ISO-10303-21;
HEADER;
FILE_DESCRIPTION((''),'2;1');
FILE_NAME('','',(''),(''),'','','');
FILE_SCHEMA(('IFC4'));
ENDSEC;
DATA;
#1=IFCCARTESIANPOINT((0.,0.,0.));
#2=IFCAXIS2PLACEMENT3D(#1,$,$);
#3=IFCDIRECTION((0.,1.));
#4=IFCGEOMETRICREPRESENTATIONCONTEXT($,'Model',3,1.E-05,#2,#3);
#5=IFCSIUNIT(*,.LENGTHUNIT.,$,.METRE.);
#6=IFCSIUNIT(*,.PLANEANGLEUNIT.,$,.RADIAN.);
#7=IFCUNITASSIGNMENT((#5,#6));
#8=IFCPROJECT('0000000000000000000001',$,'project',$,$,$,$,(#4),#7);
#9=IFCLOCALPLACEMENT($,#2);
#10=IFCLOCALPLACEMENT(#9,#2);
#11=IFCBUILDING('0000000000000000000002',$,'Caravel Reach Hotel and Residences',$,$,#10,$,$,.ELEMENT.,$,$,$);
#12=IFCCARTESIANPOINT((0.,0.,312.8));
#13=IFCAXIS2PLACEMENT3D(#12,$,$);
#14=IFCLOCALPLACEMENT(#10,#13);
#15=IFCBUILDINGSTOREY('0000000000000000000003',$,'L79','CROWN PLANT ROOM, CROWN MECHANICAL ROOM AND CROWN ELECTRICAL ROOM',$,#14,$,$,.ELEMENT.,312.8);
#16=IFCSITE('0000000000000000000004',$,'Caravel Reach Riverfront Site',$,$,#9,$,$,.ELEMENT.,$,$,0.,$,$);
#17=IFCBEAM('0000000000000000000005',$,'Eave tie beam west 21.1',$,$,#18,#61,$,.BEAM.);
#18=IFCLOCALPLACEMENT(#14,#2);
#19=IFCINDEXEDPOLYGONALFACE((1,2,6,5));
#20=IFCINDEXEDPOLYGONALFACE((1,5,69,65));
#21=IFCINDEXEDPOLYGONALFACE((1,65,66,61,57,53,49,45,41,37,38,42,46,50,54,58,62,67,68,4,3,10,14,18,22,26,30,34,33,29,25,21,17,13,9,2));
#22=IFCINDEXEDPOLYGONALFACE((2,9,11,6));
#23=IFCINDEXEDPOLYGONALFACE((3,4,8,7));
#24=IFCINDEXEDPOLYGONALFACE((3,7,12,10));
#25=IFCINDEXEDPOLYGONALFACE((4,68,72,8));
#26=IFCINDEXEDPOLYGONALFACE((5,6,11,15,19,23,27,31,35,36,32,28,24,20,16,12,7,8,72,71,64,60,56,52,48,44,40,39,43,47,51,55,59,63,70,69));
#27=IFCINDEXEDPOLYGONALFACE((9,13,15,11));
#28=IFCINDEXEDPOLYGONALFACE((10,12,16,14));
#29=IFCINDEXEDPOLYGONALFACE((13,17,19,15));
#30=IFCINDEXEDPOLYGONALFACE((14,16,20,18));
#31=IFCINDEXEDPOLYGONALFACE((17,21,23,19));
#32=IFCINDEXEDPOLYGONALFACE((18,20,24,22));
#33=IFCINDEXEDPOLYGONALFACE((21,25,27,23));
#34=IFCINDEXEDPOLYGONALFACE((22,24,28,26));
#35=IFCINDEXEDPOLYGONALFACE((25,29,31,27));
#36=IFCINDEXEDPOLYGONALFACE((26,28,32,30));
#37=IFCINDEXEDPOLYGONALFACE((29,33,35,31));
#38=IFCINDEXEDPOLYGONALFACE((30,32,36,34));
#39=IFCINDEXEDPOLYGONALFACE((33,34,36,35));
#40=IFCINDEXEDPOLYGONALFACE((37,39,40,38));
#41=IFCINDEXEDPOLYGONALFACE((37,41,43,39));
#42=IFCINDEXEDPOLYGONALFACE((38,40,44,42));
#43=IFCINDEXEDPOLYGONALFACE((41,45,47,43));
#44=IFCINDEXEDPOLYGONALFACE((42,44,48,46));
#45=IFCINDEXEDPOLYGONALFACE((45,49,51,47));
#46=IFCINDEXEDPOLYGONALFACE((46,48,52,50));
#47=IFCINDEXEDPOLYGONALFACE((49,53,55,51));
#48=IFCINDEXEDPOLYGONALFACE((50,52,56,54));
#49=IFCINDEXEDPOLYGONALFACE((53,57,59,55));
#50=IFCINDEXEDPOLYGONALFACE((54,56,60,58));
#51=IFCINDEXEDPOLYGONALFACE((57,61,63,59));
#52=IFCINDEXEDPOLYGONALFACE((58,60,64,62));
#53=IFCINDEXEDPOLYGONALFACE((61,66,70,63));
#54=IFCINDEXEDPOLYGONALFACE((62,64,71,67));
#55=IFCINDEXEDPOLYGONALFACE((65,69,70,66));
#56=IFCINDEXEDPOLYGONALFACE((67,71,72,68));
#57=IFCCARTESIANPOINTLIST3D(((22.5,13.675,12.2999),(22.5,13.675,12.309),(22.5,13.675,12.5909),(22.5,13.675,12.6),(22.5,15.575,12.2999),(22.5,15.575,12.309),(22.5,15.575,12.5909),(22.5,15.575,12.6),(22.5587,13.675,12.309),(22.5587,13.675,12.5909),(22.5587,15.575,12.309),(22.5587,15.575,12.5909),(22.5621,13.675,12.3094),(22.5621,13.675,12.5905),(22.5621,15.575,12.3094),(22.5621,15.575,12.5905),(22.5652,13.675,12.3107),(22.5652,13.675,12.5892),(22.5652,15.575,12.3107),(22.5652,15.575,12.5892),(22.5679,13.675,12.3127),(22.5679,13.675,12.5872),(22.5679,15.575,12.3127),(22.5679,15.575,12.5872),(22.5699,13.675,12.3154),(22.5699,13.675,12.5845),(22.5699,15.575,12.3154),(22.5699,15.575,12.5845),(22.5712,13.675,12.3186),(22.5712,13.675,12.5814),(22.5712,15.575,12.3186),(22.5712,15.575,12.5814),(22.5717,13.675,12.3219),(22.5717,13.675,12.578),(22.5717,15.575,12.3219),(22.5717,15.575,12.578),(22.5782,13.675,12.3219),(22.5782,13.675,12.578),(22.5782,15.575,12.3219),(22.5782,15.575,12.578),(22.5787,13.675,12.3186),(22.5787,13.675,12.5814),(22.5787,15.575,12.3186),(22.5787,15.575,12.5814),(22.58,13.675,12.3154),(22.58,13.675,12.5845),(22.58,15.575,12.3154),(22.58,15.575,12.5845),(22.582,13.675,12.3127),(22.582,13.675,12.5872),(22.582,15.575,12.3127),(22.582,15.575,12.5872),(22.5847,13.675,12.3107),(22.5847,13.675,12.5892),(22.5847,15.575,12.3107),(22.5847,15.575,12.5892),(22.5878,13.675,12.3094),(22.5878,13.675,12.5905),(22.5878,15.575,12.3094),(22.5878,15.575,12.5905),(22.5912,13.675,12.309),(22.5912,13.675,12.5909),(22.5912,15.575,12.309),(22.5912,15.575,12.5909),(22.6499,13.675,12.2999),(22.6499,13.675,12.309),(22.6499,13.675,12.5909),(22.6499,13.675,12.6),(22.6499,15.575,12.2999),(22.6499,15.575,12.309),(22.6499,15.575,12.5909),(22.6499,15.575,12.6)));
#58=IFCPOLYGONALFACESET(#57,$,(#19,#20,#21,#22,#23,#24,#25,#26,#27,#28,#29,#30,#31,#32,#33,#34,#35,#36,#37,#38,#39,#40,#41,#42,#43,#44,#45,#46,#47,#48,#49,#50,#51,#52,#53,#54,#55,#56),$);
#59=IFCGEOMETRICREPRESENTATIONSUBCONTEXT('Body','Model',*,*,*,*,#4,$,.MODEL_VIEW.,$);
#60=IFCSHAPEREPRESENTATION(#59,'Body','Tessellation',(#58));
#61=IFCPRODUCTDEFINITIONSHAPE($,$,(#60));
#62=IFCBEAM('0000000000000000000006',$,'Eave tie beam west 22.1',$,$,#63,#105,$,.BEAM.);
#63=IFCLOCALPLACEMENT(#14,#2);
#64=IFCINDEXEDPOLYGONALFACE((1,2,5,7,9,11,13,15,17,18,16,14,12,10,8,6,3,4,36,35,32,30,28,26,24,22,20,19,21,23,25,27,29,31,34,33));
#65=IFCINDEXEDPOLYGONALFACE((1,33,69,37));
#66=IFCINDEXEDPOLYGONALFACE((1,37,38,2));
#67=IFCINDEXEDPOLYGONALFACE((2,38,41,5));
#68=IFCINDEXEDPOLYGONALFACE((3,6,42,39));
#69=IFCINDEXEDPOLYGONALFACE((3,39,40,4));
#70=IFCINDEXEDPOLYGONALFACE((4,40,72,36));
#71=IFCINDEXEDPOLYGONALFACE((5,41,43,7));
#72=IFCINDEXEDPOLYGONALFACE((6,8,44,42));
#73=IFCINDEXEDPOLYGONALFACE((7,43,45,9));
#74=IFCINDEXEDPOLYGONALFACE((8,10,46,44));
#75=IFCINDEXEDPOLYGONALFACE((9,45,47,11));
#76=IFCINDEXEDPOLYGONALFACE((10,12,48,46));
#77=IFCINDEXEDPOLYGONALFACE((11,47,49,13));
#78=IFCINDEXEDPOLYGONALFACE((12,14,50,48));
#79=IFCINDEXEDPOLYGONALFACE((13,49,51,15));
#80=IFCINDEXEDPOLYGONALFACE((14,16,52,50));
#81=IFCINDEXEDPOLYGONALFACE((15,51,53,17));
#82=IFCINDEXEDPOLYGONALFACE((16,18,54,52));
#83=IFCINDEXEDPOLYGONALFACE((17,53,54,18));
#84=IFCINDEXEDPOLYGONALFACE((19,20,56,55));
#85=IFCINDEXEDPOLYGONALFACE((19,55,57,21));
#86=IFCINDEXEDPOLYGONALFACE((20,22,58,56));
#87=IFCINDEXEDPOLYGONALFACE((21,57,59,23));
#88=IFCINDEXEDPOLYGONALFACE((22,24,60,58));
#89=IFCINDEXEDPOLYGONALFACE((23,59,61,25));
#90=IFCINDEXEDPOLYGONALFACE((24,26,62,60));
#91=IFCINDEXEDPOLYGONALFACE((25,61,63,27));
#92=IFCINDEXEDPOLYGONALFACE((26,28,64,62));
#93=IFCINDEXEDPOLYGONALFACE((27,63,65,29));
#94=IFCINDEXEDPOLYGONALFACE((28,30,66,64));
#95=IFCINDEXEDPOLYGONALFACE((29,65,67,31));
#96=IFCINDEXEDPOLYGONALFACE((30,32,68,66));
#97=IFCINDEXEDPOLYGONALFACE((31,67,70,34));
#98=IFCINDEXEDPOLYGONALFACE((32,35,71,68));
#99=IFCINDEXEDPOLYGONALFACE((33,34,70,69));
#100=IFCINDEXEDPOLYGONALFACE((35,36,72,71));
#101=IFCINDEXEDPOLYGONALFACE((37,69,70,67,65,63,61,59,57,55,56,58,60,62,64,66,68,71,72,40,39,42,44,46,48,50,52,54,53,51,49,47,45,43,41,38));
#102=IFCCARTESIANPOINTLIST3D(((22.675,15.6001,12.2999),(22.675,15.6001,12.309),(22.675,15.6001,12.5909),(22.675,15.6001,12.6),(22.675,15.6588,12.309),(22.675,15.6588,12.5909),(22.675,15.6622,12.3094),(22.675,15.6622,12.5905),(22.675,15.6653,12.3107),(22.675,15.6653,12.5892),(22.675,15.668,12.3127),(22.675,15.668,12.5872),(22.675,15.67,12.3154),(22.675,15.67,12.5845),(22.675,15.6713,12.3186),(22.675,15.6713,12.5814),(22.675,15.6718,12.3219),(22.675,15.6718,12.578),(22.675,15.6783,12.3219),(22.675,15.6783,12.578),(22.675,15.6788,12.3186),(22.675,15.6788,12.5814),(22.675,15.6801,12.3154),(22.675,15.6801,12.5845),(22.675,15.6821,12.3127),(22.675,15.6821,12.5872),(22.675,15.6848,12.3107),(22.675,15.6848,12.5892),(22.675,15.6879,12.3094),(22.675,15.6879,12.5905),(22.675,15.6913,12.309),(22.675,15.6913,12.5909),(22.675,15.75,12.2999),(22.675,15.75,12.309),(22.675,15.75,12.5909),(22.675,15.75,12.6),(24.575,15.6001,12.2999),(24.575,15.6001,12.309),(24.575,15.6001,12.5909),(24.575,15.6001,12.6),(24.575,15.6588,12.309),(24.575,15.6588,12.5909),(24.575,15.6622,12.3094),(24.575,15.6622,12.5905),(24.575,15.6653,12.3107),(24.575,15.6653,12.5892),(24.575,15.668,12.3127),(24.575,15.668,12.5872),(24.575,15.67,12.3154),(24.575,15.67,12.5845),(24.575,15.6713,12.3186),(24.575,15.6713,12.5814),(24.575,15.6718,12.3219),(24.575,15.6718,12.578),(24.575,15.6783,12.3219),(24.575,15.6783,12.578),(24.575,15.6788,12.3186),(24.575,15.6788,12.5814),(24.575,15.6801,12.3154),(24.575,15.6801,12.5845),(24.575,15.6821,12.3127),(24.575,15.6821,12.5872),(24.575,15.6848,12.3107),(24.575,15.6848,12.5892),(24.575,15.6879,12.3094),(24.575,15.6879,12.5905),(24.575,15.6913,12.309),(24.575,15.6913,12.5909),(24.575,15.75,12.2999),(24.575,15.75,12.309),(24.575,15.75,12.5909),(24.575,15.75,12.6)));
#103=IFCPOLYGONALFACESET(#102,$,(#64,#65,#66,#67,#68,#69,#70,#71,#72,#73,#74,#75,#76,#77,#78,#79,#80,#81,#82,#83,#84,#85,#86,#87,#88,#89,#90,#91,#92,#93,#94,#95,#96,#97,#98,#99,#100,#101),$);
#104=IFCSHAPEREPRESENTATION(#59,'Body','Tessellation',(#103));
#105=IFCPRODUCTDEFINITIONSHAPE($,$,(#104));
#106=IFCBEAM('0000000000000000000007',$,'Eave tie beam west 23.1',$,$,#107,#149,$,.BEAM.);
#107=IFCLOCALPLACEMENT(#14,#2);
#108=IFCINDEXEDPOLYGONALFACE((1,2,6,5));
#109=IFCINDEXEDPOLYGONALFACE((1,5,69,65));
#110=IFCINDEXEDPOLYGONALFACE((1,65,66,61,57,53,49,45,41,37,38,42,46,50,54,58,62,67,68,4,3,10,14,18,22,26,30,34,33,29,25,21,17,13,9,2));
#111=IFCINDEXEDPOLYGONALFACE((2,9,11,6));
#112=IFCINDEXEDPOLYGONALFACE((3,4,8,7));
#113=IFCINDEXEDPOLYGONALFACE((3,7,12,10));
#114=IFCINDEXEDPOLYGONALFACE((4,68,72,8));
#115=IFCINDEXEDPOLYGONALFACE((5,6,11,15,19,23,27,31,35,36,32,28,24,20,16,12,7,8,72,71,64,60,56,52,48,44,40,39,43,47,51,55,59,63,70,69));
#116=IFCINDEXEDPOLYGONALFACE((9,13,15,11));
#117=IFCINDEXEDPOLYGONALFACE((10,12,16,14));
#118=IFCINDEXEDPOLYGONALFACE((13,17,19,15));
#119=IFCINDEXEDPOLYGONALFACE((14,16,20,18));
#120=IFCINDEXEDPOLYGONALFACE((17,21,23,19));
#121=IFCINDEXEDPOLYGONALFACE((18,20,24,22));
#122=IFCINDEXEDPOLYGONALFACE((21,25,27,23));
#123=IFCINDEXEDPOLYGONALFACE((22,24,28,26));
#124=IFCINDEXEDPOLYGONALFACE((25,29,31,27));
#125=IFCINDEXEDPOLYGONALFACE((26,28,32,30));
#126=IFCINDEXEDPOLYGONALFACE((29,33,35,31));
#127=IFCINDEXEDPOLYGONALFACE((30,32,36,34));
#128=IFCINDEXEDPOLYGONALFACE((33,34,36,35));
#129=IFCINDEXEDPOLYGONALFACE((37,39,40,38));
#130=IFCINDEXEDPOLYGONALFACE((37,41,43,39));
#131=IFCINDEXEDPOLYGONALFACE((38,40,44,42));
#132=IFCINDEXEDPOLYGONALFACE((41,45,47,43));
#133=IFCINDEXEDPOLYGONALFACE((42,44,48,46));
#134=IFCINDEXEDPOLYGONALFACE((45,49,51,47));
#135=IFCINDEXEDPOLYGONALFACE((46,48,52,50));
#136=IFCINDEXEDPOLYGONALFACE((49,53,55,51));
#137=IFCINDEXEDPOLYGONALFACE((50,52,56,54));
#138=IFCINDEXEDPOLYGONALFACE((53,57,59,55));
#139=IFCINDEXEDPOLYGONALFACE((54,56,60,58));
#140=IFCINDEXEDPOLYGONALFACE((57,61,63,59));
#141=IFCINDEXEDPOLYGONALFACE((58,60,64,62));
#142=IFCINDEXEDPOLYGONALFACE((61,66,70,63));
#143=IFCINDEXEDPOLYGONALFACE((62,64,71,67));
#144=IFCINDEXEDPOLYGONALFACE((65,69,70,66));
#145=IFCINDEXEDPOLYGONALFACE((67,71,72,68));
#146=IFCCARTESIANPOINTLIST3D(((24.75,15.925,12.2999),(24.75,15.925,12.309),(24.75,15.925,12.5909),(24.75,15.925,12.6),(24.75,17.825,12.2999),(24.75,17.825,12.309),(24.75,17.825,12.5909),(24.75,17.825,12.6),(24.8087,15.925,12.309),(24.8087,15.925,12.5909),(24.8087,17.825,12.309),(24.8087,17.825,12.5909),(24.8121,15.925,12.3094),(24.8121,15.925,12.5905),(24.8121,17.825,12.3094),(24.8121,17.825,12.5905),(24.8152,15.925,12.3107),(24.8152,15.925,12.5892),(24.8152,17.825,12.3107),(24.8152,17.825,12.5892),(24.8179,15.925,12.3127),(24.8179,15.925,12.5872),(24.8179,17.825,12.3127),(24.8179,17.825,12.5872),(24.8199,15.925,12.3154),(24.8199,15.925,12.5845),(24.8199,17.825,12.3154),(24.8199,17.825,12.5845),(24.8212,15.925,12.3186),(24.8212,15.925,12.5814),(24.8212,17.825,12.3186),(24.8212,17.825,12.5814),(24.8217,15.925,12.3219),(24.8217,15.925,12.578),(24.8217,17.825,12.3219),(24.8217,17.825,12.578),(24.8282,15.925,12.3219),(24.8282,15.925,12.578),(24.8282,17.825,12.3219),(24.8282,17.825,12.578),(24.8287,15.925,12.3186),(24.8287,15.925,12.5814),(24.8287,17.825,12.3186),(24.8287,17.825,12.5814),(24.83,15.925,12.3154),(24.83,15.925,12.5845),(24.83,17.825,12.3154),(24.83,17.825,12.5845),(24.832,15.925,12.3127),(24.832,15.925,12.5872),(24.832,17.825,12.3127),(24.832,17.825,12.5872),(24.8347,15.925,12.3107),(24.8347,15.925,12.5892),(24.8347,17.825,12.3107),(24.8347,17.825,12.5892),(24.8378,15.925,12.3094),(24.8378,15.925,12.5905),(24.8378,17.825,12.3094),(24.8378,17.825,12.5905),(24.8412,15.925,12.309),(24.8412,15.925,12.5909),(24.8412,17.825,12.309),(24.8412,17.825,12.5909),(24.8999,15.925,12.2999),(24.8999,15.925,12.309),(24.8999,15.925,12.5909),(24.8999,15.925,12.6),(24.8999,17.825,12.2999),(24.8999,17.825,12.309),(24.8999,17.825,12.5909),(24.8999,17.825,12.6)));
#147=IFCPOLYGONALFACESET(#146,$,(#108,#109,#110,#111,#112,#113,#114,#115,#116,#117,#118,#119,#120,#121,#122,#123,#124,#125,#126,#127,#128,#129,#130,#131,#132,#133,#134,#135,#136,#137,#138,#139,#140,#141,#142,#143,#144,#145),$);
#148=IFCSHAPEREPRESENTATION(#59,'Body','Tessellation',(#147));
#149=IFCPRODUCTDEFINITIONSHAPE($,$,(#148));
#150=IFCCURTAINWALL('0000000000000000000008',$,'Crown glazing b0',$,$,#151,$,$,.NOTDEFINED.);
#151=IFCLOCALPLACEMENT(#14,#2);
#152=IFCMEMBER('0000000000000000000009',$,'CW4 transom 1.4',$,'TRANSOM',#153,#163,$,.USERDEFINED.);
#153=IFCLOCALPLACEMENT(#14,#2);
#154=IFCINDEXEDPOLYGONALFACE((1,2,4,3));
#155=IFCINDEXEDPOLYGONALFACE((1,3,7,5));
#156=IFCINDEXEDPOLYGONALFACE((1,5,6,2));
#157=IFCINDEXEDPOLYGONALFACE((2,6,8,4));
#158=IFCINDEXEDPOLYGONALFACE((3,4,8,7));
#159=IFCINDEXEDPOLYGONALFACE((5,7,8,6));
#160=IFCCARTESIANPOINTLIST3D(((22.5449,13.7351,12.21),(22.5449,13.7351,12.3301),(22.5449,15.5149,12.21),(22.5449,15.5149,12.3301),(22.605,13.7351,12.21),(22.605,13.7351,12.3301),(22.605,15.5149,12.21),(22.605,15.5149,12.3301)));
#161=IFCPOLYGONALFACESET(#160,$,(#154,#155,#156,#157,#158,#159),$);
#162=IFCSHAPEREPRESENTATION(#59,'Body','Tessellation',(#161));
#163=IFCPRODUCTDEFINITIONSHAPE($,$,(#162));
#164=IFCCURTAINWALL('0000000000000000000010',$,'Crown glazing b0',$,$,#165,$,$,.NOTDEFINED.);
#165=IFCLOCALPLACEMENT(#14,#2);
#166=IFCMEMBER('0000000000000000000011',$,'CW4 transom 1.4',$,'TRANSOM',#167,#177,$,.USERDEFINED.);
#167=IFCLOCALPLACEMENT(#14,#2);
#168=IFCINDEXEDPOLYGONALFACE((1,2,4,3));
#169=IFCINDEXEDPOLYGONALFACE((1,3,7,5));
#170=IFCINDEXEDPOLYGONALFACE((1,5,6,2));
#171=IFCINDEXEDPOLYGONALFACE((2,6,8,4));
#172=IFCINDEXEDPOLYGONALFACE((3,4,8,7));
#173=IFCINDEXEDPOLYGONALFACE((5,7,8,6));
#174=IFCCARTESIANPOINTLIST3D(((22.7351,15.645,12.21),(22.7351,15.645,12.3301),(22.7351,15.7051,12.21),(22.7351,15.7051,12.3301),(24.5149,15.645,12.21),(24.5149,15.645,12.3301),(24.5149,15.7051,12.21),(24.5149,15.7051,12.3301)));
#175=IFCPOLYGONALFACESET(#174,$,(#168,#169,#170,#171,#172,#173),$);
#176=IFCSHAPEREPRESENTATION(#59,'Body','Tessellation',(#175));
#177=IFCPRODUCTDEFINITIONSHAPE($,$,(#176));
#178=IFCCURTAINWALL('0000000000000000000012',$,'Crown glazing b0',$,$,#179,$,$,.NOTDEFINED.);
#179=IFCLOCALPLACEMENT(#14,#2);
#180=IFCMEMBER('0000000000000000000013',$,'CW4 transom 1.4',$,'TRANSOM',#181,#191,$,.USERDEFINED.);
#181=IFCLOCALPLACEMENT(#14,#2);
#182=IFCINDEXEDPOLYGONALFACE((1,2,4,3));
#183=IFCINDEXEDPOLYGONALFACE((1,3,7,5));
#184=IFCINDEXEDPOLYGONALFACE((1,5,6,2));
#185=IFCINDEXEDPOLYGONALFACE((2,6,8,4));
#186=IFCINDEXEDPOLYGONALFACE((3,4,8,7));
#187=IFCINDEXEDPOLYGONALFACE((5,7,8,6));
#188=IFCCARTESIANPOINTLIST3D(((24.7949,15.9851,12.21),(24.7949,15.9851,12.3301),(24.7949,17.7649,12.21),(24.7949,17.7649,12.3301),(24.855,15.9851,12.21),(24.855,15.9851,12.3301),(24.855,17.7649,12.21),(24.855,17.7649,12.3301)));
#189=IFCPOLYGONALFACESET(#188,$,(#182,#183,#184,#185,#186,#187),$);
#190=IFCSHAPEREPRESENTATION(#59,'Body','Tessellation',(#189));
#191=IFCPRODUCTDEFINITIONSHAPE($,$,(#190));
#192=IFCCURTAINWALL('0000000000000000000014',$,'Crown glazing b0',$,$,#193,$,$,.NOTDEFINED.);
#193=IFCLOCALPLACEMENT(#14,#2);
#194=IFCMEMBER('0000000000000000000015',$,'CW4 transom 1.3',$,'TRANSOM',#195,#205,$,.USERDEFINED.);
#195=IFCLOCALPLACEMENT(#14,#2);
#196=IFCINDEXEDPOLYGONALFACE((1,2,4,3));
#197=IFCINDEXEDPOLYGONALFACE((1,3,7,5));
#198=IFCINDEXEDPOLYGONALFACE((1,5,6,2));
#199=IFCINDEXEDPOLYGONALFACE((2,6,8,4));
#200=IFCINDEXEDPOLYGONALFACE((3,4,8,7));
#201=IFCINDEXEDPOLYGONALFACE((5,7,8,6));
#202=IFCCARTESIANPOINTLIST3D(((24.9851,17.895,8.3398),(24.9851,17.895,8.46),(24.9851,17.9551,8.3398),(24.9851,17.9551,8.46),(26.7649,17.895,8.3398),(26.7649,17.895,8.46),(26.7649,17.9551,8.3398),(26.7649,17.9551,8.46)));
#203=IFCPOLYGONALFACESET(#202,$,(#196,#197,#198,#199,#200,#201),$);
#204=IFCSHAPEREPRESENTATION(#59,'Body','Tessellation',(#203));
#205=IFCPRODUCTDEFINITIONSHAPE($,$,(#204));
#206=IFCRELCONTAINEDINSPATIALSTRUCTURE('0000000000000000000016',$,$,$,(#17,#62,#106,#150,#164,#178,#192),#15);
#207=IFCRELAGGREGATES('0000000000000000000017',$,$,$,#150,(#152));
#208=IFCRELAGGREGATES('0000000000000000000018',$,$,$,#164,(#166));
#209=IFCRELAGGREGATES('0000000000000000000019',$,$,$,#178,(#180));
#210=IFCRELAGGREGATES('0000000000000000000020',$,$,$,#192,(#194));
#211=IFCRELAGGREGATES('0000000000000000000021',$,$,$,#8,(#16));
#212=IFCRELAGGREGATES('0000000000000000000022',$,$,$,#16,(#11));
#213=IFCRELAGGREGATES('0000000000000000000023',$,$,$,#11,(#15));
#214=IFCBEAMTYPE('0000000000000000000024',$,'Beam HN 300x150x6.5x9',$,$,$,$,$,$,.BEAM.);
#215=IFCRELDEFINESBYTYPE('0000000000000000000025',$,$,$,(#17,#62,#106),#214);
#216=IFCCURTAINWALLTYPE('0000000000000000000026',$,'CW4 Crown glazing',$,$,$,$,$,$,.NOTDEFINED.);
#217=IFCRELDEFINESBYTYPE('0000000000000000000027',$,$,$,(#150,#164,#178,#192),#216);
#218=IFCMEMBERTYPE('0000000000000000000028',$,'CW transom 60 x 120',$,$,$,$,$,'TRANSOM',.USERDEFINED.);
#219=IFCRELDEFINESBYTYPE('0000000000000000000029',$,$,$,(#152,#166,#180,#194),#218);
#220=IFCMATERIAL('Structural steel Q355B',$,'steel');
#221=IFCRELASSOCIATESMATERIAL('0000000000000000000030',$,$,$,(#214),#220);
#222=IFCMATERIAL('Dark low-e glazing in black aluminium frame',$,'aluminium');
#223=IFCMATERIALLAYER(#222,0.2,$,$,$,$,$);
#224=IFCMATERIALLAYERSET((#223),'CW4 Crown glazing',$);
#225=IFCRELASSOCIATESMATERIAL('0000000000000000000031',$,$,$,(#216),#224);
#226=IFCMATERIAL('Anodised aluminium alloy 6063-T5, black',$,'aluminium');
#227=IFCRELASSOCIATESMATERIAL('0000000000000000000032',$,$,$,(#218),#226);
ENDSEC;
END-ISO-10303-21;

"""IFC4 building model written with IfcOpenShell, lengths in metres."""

from ifc_helpers import new_model, si_unit, direction, frame, origin, origin_2d, place, context, subcontext, project, spatial, rectangle, i_section, extrude, material, layer, layer_set, material_profile, profile_set, type_object, element, aggregate, save


model = new_model("IFC4")

# Units and contexts
model_context = context("Model", 3, precision=1e-05, world=origin(), true_north=direction((0.0, 1.0)))
body_context = subcontext(model_context, "Body", "Model", "MODEL_VIEW")
ifc_project = project(units=[si_unit("LENGTHUNIT", "METRE"), si_unit("PLANEANGLEUNIT", "RADIAN")], contexts=[model_context])

# Site, building, storey
site_placement = place(None, origin())
site = spatial("IfcSite", under=ifc_project, at=site_placement, Name="Caravel Reach Riverfront Site", CompositionType="ELEMENT", RefElevation=0.0)
building_placement = place(site_placement, origin())
building = spatial("IfcBuilding", under=site, at=building_placement, Name="Caravel Reach Hotel and Residences", CompositionType="ELEMENT")
storey_placement = place(building_placement, frame((0.0, 0.0, 312.8)))
storey = spatial("IfcBuildingStorey", under=building, at=storey_placement, Name="L79", Description="CROWN PLANT ROOM, CROWN MECHANICAL ROOM AND CROWN ELECTRICAL ROOM", CompositionType="ELEMENT", Elevation=312.8)

# Beams
ifc_material_1 = material(Name="Structural steel Q355B", Category="steel")
ifc_material_profile_1 = material_profile(ifc_material_1, i_section(OverallWidth=0.1499, OverallDepth=0.3, WebThickness=0.0066, FlangeThickness=0.009, FilletRadius=0.0129, at=origin_2d()), Name="HN 300x150x6.5x9")
ifc_profile_set_1 = profile_set([ifc_material_profile_1], Name="Structural steel Q355B")
beam_type = type_object("IfcBeamType", Name="Beam HN 300x150x6.5x9", PredefinedType="BEAM", material=ifc_profile_set_1)
for number, where, z_axis, x_axis, name in (
    (1, (22.575, 13.675, 12.45), (0.0, 1.0, 0.0), (-1.0, 0.0, 0.0), "Eave tie beam west 21.1"),
    (2, (22.675, 15.675, 12.45), (1.0, 0.0, 0.0), (0.0, 1.0, 0.0), "Eave tie beam west 22.1"),
    (3, (24.825, 15.925, 12.45), (0.0, 1.0, 0.0), (-1.0, 0.0, 0.0), "Eave tie beam west 23.1"),
):
    element("IfcBeam", number, at=place(storey_placement, frame(where, z_axis=z_axis, x_axis=x_axis)), inside=storey, type_object=beam_type, Name=name, PredefinedType="BEAM", context=body_context, shape_type="SweptSolid", body=[
        extrude(i_section(OverallWidth=0.1499, OverallDepth=0.3, WebThickness=0.0066, FlangeThickness=0.009, FilletRadius=0.0129, at=origin_2d()), origin(), (0.0, 0.0, 1.0), 1.8999),
    ])

# Curtain walls, members
ifc_material_2 = material(Name="Dark low-e glazing in black aluminium frame", Category="aluminium")
ifc_layer_1 = layer(ifc_material_2, 0.2)
ifc_layer_set_1 = layer_set([ifc_layer_1], Name="CW4 Crown glazing")
curtain_wall_type = type_object("IfcCurtainWallType", Name="CW4 Crown glazing", PredefinedType="NOTDEFINED", material=ifc_layer_set_1)
curtain_wall_1_placement = place(storey_placement, origin())
curtain_wall_1 = element("IfcCurtainWall", 4, at=curtain_wall_1_placement, inside=storey, type_object=curtain_wall_type, Name="Crown glazing b0", PredefinedType="NOTDEFINED")
ifc_material_3 = material(Name="Anodised aluminium alloy 6063-T5, black", Category="aluminium")
ifc_material_profile_2 = material_profile(ifc_material_3, rectangle(XDim=0.0601, YDim=0.1201, at=origin_2d()), Name="CW transom 60 x 120")
ifc_profile_set_2 = profile_set([ifc_material_profile_2], Name="Anodised aluminium alloy 6063-T5, black")
member_type = type_object("IfcMemberType", Name="CW transom 60 x 120", ElementType="TRANSOM", PredefinedType="USERDEFINED", material=ifc_profile_set_2)
member_1_placement = place(storey_placement, frame((22.575, 13.7351, 12.27), z_axis=(0.0, 1.0, 0.0), x_axis=(-1.0, 0.0, 0.0)))
member_1 = element("IfcMember", 5, at=member_1_placement, type_object=member_type, Name="CW4 transom 1.4", ObjectType="TRANSOM", PredefinedType="USERDEFINED", context=body_context, shape_type="SweptSolid", body=[
    extrude(rectangle(XDim=0.0601, YDim=0.1201, at=origin_2d()), origin(), (0.0, 0.0, 1.0), 1.7798),
])
curtain_wall_2_placement = place(storey_placement, origin())
curtain_wall_2 = element("IfcCurtainWall", 6, at=curtain_wall_2_placement, inside=storey, type_object=curtain_wall_type, Name="Crown glazing b0", PredefinedType="NOTDEFINED")
member_2_placement = place(storey_placement, frame((22.7351, 15.675, 12.27), z_axis=(1.0, 0.0, 0.0), x_axis=(0.0, 1.0, 0.0)))
member_2 = element("IfcMember", 7, at=member_2_placement, type_object=member_type, Name="CW4 transom 1.4", ObjectType="TRANSOM", PredefinedType="USERDEFINED", context=body_context, shape_type="SweptSolid", body=[
    extrude(rectangle(XDim=0.0601, YDim=0.1201, at=origin_2d()), origin(), (0.0, 0.0, 1.0), 1.7798),
])
curtain_wall_3_placement = place(storey_placement, origin())
curtain_wall_3 = element("IfcCurtainWall", 8, at=curtain_wall_3_placement, inside=storey, type_object=curtain_wall_type, Name="Crown glazing b0", PredefinedType="NOTDEFINED")
member_3_placement = place(storey_placement, frame((24.825, 15.9851, 12.27), z_axis=(0.0, 1.0, 0.0), x_axis=(-1.0, 0.0, 0.0)))
member_3 = element("IfcMember", 9, at=member_3_placement, type_object=member_type, Name="CW4 transom 1.4", ObjectType="TRANSOM", PredefinedType="USERDEFINED", context=body_context, shape_type="SweptSolid", body=[
    extrude(rectangle(XDim=0.0601, YDim=0.1201, at=origin_2d()), origin(), (0.0, 0.0, 1.0), 1.7798),
])

# Curtain wall, member
curtain_wall_4_placement = place(storey_placement, origin())
curtain_wall_4 = element("IfcCurtainWall", 10, at=curtain_wall_4_placement, inside=storey, type_object=curtain_wall_type, Name="Crown glazing b0", PredefinedType="NOTDEFINED")
member_4_placement = place(storey_placement, frame((24.9851, 17.925, 8.3999), z_axis=(1.0, 0.0, 0.0), x_axis=(0.0, 1.0, 0.0)))
member_4 = element("IfcMember", 11, at=member_4_placement, type_object=member_type, Name="CW4 transom 1.3", ObjectType="TRANSOM", PredefinedType="USERDEFINED", context=body_context, shape_type="SweptSolid", body=[
    extrude(rectangle(XDim=0.0601, YDim=0.1201, at=origin_2d()), origin(), (0.0, 0.0, 1.0), 1.7798),
])

aggregate(curtain_wall_1, [member_1])
aggregate(curtain_wall_2, [member_2])
aggregate(curtain_wall_3, [member_3])
aggregate(curtain_wall_4, [member_4])

save(model, "model.ifc")
